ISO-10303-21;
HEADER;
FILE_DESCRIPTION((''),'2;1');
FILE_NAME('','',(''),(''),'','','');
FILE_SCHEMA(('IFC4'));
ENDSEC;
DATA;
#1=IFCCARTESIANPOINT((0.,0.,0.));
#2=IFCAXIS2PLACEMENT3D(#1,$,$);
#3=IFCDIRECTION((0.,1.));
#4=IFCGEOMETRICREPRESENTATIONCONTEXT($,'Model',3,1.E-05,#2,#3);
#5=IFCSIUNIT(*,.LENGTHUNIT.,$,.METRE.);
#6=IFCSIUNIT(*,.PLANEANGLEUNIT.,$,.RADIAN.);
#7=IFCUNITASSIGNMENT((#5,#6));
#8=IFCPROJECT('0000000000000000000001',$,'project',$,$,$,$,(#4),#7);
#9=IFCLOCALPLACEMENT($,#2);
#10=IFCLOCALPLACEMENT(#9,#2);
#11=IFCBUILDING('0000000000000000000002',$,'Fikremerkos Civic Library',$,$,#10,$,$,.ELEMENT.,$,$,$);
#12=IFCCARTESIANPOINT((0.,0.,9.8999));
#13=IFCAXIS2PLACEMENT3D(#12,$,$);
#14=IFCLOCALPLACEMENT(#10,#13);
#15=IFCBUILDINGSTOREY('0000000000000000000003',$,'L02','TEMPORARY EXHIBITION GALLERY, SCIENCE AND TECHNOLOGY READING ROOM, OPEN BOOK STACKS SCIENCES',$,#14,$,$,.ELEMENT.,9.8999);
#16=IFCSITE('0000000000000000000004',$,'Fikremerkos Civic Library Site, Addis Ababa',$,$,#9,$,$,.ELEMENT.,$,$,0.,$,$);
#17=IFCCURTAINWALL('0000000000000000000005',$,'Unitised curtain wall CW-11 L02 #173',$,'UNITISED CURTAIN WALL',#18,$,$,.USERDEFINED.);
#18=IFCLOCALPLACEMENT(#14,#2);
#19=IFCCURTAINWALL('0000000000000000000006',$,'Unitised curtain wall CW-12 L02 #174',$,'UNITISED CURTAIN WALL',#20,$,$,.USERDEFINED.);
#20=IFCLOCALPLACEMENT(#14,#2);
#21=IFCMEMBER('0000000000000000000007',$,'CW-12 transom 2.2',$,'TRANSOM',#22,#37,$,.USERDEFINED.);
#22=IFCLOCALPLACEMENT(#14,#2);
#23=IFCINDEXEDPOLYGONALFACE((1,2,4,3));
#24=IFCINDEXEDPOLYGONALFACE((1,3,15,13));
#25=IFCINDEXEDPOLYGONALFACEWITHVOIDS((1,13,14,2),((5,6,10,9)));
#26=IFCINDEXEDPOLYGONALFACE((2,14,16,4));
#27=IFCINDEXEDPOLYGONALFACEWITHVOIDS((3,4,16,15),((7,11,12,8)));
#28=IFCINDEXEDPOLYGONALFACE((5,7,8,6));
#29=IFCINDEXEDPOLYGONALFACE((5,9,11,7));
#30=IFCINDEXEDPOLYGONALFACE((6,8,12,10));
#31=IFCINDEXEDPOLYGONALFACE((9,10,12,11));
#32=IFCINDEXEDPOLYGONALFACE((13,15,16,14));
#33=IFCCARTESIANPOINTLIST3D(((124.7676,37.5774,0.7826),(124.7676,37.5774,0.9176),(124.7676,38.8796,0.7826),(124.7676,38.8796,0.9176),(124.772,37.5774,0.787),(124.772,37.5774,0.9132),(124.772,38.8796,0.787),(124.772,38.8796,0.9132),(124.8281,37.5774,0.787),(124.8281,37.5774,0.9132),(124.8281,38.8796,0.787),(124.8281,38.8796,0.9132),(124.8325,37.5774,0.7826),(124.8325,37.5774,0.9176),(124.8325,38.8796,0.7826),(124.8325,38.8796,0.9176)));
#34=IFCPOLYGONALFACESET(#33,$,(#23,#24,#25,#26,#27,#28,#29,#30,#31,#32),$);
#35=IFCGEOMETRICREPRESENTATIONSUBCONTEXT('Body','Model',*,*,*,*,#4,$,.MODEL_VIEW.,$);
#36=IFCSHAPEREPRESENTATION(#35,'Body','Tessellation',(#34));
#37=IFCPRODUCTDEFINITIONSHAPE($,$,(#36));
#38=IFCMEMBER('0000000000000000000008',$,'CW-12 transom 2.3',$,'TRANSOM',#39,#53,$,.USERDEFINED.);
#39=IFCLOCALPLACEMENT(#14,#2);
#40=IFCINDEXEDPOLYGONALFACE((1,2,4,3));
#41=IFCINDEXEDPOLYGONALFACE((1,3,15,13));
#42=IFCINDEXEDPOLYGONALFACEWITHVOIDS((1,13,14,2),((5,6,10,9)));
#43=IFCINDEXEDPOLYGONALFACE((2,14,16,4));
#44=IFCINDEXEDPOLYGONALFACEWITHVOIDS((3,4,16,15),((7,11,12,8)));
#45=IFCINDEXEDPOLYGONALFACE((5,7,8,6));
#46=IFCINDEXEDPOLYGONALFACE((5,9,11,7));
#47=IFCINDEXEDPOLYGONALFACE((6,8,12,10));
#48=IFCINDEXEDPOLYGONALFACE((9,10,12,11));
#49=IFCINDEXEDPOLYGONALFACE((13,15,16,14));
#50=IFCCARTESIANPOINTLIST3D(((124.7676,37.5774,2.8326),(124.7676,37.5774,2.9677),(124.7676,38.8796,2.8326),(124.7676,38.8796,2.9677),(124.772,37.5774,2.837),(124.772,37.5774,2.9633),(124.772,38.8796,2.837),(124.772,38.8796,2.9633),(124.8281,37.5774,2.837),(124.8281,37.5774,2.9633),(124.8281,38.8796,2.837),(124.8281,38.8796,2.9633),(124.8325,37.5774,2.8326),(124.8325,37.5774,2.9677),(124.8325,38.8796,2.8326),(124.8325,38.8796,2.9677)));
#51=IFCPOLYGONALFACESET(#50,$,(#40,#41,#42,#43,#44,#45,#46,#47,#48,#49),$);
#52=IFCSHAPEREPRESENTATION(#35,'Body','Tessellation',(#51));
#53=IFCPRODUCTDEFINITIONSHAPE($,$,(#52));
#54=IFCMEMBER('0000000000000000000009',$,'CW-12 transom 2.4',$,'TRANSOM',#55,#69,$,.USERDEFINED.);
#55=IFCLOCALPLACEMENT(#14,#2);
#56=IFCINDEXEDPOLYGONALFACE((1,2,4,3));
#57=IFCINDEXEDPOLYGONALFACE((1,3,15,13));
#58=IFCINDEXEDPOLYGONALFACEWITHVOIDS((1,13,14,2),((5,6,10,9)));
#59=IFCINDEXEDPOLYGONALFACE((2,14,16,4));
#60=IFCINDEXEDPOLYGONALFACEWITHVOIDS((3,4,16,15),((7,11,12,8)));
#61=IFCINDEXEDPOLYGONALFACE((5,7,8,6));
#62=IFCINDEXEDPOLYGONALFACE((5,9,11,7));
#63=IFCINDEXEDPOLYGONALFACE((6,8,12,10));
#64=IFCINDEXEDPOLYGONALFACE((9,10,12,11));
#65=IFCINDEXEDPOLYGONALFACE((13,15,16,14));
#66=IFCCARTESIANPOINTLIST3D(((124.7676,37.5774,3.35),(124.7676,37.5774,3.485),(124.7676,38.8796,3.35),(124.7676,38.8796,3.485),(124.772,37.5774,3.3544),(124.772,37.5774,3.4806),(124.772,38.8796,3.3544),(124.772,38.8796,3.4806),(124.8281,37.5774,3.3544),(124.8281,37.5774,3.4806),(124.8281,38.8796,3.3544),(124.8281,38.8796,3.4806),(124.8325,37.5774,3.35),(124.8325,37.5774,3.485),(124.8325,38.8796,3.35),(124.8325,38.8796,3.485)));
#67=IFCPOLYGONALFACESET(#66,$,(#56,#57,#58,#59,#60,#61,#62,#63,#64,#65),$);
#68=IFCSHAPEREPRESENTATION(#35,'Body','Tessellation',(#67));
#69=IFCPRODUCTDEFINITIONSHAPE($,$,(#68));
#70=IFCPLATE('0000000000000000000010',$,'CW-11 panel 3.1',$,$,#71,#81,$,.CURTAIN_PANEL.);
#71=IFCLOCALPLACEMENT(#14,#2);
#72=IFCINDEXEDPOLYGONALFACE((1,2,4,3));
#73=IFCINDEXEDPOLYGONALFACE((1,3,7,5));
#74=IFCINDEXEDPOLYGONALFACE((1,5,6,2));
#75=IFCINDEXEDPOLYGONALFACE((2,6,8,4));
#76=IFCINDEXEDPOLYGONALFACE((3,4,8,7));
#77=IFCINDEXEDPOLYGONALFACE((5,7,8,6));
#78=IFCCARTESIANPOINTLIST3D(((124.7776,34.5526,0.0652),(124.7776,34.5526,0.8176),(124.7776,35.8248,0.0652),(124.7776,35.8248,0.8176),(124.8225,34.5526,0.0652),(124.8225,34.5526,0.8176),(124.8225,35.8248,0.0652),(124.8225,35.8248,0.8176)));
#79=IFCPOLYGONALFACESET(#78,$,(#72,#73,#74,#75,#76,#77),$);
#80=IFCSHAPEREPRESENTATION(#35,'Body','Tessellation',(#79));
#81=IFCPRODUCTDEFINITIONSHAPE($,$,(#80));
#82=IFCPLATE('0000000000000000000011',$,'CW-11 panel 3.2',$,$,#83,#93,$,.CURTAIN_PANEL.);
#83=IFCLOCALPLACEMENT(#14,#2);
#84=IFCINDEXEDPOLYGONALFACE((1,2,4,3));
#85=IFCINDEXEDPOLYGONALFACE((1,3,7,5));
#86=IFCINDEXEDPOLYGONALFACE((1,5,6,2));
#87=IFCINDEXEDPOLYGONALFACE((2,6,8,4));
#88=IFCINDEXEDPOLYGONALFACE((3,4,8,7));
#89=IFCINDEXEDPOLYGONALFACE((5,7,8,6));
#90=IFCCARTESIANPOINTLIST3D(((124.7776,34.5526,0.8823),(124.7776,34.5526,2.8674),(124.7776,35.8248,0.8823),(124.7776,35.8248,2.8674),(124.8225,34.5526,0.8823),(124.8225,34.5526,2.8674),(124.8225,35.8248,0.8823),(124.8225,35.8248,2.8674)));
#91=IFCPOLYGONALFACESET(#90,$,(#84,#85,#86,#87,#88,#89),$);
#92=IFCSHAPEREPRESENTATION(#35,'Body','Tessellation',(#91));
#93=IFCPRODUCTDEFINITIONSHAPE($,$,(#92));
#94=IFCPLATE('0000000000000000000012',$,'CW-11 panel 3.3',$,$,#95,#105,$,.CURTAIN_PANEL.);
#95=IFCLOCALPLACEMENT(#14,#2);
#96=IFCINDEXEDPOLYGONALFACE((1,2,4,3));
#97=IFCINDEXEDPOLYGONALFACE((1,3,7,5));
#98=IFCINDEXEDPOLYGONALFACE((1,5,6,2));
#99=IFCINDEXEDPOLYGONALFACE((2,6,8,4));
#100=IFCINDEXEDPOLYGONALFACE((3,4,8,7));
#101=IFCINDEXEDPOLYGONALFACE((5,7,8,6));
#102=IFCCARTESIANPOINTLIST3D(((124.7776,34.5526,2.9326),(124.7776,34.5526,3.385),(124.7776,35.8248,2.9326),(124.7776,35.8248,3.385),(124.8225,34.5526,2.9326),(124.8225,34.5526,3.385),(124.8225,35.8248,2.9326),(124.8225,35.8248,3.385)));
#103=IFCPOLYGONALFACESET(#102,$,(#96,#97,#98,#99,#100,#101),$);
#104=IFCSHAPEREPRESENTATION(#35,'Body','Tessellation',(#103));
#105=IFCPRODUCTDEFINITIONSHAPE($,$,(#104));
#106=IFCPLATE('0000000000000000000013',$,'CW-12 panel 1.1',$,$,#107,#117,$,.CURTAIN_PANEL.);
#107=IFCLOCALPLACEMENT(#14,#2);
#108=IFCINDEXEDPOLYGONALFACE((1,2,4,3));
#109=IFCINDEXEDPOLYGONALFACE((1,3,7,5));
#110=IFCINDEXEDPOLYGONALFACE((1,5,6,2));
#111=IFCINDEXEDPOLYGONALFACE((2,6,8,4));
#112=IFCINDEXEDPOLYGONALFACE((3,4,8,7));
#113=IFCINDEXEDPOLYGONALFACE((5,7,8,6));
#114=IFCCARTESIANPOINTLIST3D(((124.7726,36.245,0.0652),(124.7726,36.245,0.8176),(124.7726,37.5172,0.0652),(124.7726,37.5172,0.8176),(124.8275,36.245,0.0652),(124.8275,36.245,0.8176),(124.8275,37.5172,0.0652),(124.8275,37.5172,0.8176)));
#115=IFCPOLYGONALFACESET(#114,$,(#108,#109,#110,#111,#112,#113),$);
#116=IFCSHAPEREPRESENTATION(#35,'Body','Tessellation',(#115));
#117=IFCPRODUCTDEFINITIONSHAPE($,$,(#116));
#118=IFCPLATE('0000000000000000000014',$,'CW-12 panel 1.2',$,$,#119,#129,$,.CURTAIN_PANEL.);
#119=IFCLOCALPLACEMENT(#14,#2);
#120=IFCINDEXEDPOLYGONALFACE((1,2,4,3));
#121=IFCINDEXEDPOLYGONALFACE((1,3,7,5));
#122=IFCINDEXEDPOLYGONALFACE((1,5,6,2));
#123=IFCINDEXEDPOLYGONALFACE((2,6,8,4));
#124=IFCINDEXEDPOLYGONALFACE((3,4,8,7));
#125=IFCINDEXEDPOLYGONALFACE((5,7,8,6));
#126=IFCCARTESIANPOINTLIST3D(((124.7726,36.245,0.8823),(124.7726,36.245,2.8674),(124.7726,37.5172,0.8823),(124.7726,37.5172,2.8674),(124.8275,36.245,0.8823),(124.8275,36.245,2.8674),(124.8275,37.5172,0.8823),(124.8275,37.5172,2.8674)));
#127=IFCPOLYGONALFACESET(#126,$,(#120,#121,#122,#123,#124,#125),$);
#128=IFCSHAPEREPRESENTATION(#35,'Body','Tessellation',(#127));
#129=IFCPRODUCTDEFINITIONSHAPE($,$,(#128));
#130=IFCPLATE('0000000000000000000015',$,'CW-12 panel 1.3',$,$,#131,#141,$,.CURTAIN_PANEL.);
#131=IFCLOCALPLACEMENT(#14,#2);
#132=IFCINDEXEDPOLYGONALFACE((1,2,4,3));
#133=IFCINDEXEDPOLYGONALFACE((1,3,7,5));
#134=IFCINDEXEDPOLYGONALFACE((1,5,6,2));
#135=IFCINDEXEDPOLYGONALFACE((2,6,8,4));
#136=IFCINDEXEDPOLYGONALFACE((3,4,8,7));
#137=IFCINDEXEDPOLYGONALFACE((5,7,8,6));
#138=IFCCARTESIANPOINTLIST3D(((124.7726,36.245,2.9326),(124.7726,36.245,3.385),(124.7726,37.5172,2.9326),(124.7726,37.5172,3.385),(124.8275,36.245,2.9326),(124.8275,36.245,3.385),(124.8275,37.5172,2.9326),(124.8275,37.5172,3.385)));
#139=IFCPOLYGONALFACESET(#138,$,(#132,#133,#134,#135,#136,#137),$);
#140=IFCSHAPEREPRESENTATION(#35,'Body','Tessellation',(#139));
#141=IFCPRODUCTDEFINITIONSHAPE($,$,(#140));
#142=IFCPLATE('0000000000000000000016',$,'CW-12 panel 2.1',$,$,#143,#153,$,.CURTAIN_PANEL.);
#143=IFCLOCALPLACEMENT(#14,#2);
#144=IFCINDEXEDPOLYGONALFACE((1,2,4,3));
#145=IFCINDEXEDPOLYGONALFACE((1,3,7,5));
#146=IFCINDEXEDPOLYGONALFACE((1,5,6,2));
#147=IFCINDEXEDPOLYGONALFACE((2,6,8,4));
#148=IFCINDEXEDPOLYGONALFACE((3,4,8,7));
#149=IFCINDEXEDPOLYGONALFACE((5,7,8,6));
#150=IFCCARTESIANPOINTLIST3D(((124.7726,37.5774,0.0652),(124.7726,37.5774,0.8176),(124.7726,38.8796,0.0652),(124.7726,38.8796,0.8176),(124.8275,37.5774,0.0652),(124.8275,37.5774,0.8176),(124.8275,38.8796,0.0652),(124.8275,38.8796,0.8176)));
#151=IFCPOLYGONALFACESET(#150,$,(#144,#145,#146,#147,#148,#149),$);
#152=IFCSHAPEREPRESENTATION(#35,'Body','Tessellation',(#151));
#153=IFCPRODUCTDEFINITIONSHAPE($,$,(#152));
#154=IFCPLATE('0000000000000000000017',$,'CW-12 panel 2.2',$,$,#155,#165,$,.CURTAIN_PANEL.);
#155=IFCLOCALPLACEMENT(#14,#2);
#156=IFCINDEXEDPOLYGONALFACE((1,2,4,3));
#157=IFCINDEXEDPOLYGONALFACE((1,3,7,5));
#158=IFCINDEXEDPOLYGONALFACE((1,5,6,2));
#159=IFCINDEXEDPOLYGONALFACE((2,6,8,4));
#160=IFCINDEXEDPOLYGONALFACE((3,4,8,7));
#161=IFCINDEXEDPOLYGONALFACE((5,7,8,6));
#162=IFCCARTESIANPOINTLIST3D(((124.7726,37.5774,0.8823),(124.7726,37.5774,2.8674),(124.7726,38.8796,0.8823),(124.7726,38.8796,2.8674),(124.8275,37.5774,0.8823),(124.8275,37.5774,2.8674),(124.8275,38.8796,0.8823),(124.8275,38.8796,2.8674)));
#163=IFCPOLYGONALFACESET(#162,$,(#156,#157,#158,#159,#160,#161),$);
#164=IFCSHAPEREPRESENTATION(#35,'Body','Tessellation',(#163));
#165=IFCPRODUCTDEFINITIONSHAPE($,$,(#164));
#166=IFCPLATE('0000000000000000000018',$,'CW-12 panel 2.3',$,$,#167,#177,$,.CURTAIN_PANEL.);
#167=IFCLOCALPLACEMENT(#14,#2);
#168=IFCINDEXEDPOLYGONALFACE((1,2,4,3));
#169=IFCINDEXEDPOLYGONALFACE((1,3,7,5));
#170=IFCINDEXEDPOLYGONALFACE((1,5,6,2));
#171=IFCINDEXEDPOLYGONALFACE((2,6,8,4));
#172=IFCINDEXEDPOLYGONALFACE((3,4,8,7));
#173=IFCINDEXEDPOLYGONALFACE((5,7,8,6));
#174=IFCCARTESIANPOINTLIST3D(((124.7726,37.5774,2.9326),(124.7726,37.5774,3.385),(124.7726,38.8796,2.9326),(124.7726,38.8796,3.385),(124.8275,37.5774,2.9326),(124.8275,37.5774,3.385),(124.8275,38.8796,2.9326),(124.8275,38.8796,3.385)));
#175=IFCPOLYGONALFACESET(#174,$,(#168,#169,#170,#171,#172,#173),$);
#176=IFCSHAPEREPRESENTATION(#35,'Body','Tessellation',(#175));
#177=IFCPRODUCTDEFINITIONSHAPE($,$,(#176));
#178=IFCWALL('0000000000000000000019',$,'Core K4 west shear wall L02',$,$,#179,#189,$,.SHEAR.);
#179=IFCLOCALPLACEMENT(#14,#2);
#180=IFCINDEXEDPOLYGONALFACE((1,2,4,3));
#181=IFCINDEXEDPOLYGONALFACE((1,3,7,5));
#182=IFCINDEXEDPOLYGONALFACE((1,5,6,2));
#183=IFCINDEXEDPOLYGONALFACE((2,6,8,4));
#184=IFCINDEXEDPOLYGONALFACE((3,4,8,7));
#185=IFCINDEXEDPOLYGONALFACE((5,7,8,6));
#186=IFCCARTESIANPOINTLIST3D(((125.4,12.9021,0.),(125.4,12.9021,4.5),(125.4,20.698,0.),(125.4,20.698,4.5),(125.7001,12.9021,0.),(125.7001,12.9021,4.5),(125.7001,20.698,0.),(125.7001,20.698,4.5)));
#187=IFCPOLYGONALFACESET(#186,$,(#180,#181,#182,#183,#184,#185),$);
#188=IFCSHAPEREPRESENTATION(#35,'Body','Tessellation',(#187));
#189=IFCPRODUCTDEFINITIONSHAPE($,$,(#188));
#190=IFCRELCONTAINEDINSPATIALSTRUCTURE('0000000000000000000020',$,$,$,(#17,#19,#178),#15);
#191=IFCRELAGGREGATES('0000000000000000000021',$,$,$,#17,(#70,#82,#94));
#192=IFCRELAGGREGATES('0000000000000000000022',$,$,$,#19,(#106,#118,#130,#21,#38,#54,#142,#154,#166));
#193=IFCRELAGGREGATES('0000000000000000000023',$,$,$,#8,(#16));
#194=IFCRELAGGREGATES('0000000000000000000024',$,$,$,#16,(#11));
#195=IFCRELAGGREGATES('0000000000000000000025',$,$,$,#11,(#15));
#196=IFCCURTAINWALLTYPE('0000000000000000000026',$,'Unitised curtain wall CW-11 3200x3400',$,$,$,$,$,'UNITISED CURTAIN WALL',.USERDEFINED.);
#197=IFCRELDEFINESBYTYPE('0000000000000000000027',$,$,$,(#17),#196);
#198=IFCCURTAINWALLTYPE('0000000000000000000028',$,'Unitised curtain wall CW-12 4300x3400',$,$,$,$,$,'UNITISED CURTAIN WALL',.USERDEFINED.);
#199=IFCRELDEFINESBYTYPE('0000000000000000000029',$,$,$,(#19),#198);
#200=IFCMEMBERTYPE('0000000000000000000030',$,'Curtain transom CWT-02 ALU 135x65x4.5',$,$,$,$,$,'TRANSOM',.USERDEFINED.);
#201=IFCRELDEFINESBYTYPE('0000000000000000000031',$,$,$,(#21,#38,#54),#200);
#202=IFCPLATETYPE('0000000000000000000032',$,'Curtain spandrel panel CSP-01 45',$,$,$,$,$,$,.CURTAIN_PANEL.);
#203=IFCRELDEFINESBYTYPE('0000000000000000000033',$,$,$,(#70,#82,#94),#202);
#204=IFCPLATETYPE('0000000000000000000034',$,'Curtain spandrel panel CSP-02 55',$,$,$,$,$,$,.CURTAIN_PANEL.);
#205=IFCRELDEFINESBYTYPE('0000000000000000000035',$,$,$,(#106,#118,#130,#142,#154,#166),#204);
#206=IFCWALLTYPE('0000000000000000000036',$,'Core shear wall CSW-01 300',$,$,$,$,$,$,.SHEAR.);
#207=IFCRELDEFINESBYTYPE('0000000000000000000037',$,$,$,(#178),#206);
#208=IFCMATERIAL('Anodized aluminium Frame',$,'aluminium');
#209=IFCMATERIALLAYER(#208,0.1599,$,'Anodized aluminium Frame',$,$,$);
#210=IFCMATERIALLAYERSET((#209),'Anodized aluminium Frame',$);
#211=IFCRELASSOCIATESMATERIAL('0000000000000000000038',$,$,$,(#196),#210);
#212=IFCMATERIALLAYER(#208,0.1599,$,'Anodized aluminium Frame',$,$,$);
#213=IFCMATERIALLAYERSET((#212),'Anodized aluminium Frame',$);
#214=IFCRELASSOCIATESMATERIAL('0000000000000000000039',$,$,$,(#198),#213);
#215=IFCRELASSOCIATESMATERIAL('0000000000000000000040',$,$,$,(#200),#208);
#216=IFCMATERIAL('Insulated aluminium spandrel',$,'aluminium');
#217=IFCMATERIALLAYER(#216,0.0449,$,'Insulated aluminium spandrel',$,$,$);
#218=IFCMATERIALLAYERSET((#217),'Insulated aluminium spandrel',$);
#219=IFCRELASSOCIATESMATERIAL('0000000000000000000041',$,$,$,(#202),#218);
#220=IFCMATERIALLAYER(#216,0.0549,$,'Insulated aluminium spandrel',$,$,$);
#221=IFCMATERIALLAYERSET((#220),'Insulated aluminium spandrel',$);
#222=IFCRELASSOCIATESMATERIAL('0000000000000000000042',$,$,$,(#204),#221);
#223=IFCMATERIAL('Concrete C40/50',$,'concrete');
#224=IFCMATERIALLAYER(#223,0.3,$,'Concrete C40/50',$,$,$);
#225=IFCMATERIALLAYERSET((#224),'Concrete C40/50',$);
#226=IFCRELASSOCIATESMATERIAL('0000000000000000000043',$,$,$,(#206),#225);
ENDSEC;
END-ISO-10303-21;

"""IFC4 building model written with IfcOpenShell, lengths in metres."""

from ifc_helpers import new_model, si_unit, direction, frame, frame_2d, origin, origin_2d, place, context, subcontext, project, spatial, rectangle, hollow_rectangle, extrude, material, layer, layer_set, material_profile, profile_set, type_object, element, aggregate, save


model = new_model("IFC4")

# Units and contexts
model_context = context("Model", 3, precision=1e-05, world=origin(), true_north=direction((0.0, 1.0)))
body_context = subcontext(model_context, "Body", "Model", "MODEL_VIEW")
ifc_project = project(units=[si_unit("LENGTHUNIT", "METRE"), si_unit("PLANEANGLEUNIT", "RADIAN")], contexts=[model_context])

# Site, building, storey
site_placement = place(None, origin())
site = spatial("IfcSite", under=ifc_project, at=site_placement, Name="Fikremerkos Civic Library Site, Addis Ababa", CompositionType="ELEMENT", RefElevation=0.0)
building_placement = place(site_placement, origin())
building = spatial("IfcBuilding", under=site, at=building_placement, Name="Fikremerkos Civic Library", CompositionType="ELEMENT")
storey_placement = place(building_placement, frame((0.0, 0.0, 9.8999)))
storey = spatial("IfcBuildingStorey", under=building, at=storey_placement, Name="L02", Description="TEMPORARY EXHIBITION GALLERY, SCIENCE AND TECHNOLOGY READING ROOM, OPEN BOOK STACKS SCIENCES", CompositionType="ELEMENT", Elevation=9.8999)

# Curtain wall
ifc_material_1 = material(Name="Anodized aluminium Frame", Category="aluminium")
ifc_layer_1 = layer(ifc_material_1, 0.1599, Name="Anodized aluminium Frame")
ifc_layer_set_1 = layer_set([ifc_layer_1], Name="Anodized aluminium Frame")
curtain_wall_type_1 = type_object("IfcCurtainWallType", Name="Unitised curtain wall CW-11 3200x3400", ElementType="UNITISED CURTAIN WALL", PredefinedType="USERDEFINED", material=ifc_layer_set_1)
curtain_wall_1_placement = place(storey_placement, origin())
curtain_wall_1 = element("IfcCurtainWall", 1, at=curtain_wall_1_placement, inside=storey, type_object=curtain_wall_type_1, Name="Unitised curtain wall CW-11 L02 #173", ObjectType="UNITISED CURTAIN WALL", PredefinedType="USERDEFINED")

# Curtain wall
ifc_layer_2 = layer(ifc_material_1, 0.1599, Name="Anodized aluminium Frame")
ifc_layer_set_2 = layer_set([ifc_layer_2], Name="Anodized aluminium Frame")
curtain_wall_type_2 = type_object("IfcCurtainWallType", Name="Unitised curtain wall CW-12 4300x3400", ElementType="UNITISED CURTAIN WALL", PredefinedType="USERDEFINED", material=ifc_layer_set_2)
curtain_wall_2_placement = place(storey_placement, origin())
curtain_wall_2 = element("IfcCurtainWall", 2, at=curtain_wall_2_placement, inside=storey, type_object=curtain_wall_type_2, Name="Unitised curtain wall CW-12 L02 #174", ObjectType="UNITISED CURTAIN WALL", PredefinedType="USERDEFINED")

# Members
ifc_material_profile_1 = material_profile(ifc_material_1, hollow_rectangle(XDim=0.0649, YDim=0.135, WallThickness=0.0044, at=origin_2d()), Name="ALU 135x65x4.5")
ifc_profile_set_1 = profile_set([ifc_material_profile_1], Name="Anodized aluminium Frame")
member_type_1 = type_object("IfcMemberType", Name="Curtain transom CWT-02 ALU 135x65x4.5", ElementType="TRANSOM", PredefinedType="USERDEFINED", material=ifc_profile_set_1)
member_1_placement = place(storey_placement, frame((124.8, 37.5774, 0.8501), z_axis=(0.0, 1.0, 0.0), x_axis=(-1.0, 0.0, 0.0)))
member_1 = element("IfcMember", 3, at=member_1_placement, type_object=member_type_1, Name="CW-12 transom 2.2", ObjectType="TRANSOM", PredefinedType="USERDEFINED", context=body_context, shape_type="SweptSolid", body=[
    extrude(hollow_rectangle(XDim=0.0649, YDim=0.135, WallThickness=0.0044, at=origin_2d()), origin(), (0.0, 0.0, 1.0), 1.3022),
])
member_2_placement = place(storey_placement, frame((124.8, 37.5774, 2.9001), z_axis=(0.0, 1.0, 0.0), x_axis=(-1.0, 0.0, 0.0)))
member_2 = element("IfcMember", 4, at=member_2_placement, type_object=member_type_1, Name="CW-12 transom 2.3", ObjectType="TRANSOM", PredefinedType="USERDEFINED", context=body_context, shape_type="SweptSolid", body=[
    extrude(hollow_rectangle(XDim=0.0649, YDim=0.135, WallThickness=0.0044, at=origin_2d()), origin(), (0.0, 0.0, 1.0), 1.3022),
])
member_3_placement = place(storey_placement, frame((124.8, 37.5774, 3.4175), z_axis=(0.0, 1.0, 0.0), x_axis=(-1.0, 0.0, 0.0)))
member_3 = element("IfcMember", 5, at=member_3_placement, type_object=member_type_1, Name="CW-12 transom 2.4", ObjectType="TRANSOM", PredefinedType="USERDEFINED", context=body_context, shape_type="SweptSolid", body=[
    extrude(hollow_rectangle(XDim=0.0649, YDim=0.135, WallThickness=0.0044, at=origin_2d()), origin(), (0.0, 0.0, 1.0), 1.3022),
])

# Plates
ifc_material_2 = material(Name="Insulated aluminium spandrel", Category="aluminium")
ifc_layer_3 = layer(ifc_material_2, 0.0449, Name="Insulated aluminium spandrel")
ifc_layer_set_3 = layer_set([ifc_layer_3], Name="Insulated aluminium spandrel")
plate_type_1 = type_object("IfcPlateType", Name="Curtain spandrel panel CSP-01 45", PredefinedType="CURTAIN_PANEL", material=ifc_layer_set_3)
plate_1_placement = place(storey_placement, frame((124.8, 35.1887, 0.0652), z_axis=(0.0, 0.0, 1.0), x_axis=(0.0, 1.0, 0.0)))
plate_1 = element("IfcPlate", 6, at=plate_1_placement, type_object=plate_type_1, Name="CW-11 panel 3.1", PredefinedType="CURTAIN_PANEL", context=body_context, shape_type="SweptSolid", body=[
    extrude(rectangle(XDim=1.2722, YDim=0.0449, at=origin_2d()), origin(), (0.0, 0.0, 1.0), 0.7524),
])
plate_2_placement = place(storey_placement, frame((124.8, 35.1887, 0.8823), z_axis=(0.0, 0.0, 1.0), x_axis=(0.0, 1.0, 0.0)))
plate_2 = element("IfcPlate", 7, at=plate_2_placement, type_object=plate_type_1, Name="CW-11 panel 3.2", PredefinedType="CURTAIN_PANEL", context=body_context, shape_type="SweptSolid", body=[
    extrude(rectangle(XDim=1.2722, YDim=0.0449, at=origin_2d()), origin(), (0.0, 0.0, 1.0), 1.9851),
])
plate_3_placement = place(storey_placement, frame((124.8, 35.1887, 2.9326), z_axis=(0.0, 0.0, 1.0), x_axis=(0.0, 1.0, 0.0)))
plate_3 = element("IfcPlate", 8, at=plate_3_placement, type_object=plate_type_1, Name="CW-11 panel 3.3", PredefinedType="CURTAIN_PANEL", context=body_context, shape_type="SweptSolid", body=[
    extrude(rectangle(XDim=1.2722, YDim=0.0449, at=origin_2d()), origin(), (0.0, 0.0, 1.0), 0.4524),
])
aggregate(curtain_wall_1, [plate_1, plate_2, plate_3])
ifc_layer_4 = layer(ifc_material_2, 0.0549, Name="Insulated aluminium spandrel")
ifc_layer_set_4 = layer_set([ifc_layer_4], Name="Insulated aluminium spandrel")
plate_type_2 = type_object("IfcPlateType", Name="Curtain spandrel panel CSP-02 55", PredefinedType="CURTAIN_PANEL", material=ifc_layer_set_4)
plate_4_placement = place(storey_placement, frame((124.8, 36.8811, 0.0652), z_axis=(0.0, 0.0, 1.0), x_axis=(0.0, 1.0, 0.0)))
plate_4 = element("IfcPlate", 9, at=plate_4_placement, type_object=plate_type_2, Name="CW-12 panel 1.1", PredefinedType="CURTAIN_PANEL", context=body_context, shape_type="SweptSolid", body=[
    extrude(rectangle(XDim=1.2722, YDim=0.0549, at=origin_2d()), origin(), (0.0, 0.0, 1.0), 0.7524),
])
plate_5_placement = place(storey_placement, frame((124.8, 36.8811, 0.8823), z_axis=(0.0, 0.0, 1.0), x_axis=(0.0, 1.0, 0.0)))
plate_5 = element("IfcPlate", 10, at=plate_5_placement, type_object=plate_type_2, Name="CW-12 panel 1.2", PredefinedType="CURTAIN_PANEL", context=body_context, shape_type="SweptSolid", body=[
    extrude(rectangle(XDim=1.2722, YDim=0.0549, at=origin_2d()), origin(), (0.0, 0.0, 1.0), 1.9851),
])
plate_6_placement = place(storey_placement, frame((124.8, 36.8811, 2.9326), z_axis=(0.0, 0.0, 1.0), x_axis=(0.0, 1.0, 0.0)))
plate_6 = element("IfcPlate", 11, at=plate_6_placement, type_object=plate_type_2, Name="CW-12 panel 1.3", PredefinedType="CURTAIN_PANEL", context=body_context, shape_type="SweptSolid", body=[
    extrude(rectangle(XDim=1.2722, YDim=0.0549, at=origin_2d()), origin(), (0.0, 0.0, 1.0), 0.4524),
])
plate_7_placement = place(storey_placement, frame((124.8, 38.2285, 0.0652), z_axis=(0.0, 0.0, 1.0), x_axis=(0.0, 1.0, 0.0)))
plate_7 = element("IfcPlate", 12, at=plate_7_placement, type_object=plate_type_2, Name="CW-12 panel 2.1", PredefinedType="CURTAIN_PANEL", context=body_context, shape_type="SweptSolid", body=[
    extrude(rectangle(XDim=1.3022, YDim=0.0549, at=origin_2d()), origin(), (0.0, 0.0, 1.0), 0.7524),
])
plate_8_placement = place(storey_placement, frame((124.8, 38.2285, 0.8823), z_axis=(0.0, 0.0, 1.0), x_axis=(0.0, 1.0, 0.0)))
plate_8 = element("IfcPlate", 13, at=plate_8_placement, type_object=plate_type_2, Name="CW-12 panel 2.2", PredefinedType="CURTAIN_PANEL", context=body_context, shape_type="SweptSolid", body=[
    extrude(rectangle(XDim=1.3022, YDim=0.0549, at=origin_2d()), origin(), (0.0, 0.0, 1.0), 1.9851),
])
plate_9_placement = place(storey_placement, frame((124.8, 38.2285, 2.9326), z_axis=(0.0, 0.0, 1.0), x_axis=(0.0, 1.0, 0.0)))
plate_9 = element("IfcPlate", 14, at=plate_9_placement, type_object=plate_type_2, Name="CW-12 panel 2.3", PredefinedType="CURTAIN_PANEL", context=body_context, shape_type="SweptSolid", body=[
    extrude(rectangle(XDim=1.3022, YDim=0.0549, at=origin_2d()), origin(), (0.0, 0.0, 1.0), 0.4524),
])
aggregate(curtain_wall_2, [plate_4, plate_5, plate_6, member_1, member_2, member_3, plate_7, plate_8, plate_9])

# Wall
ifc_material_3 = material(Name="Concrete C40/50", Category="concrete")
ifc_layer_5 = layer(ifc_material_3, 0.3, Name="Concrete C40/50")
ifc_layer_set_5 = layer_set([ifc_layer_5], Name="Concrete C40/50")
wall_type_1 = type_object("IfcWallType", Name="Core shear wall CSW-01 300", PredefinedType="SHEAR", material=ifc_layer_set_5)
wall_1_placement = place(storey_placement, frame((125.55, 12.9021, 0.0), z_axis=(0.0, 0.0, 1.0), x_axis=(0.0, 1.0, 0.0)))
element("IfcWall", 15, at=wall_1_placement, inside=storey, type_object=wall_type_1, Name="Core K4 west shear wall L02", PredefinedType="SHEAR", context=body_context, shape_type="SweptSolid", body=[
    extrude(rectangle(XDim=7.7959, YDim=0.3, at=frame_2d((3.8979, 0.0))), origin(), (0.0, 0.0, 1.0), 4.5),
])

save(model, "model.ifc")
